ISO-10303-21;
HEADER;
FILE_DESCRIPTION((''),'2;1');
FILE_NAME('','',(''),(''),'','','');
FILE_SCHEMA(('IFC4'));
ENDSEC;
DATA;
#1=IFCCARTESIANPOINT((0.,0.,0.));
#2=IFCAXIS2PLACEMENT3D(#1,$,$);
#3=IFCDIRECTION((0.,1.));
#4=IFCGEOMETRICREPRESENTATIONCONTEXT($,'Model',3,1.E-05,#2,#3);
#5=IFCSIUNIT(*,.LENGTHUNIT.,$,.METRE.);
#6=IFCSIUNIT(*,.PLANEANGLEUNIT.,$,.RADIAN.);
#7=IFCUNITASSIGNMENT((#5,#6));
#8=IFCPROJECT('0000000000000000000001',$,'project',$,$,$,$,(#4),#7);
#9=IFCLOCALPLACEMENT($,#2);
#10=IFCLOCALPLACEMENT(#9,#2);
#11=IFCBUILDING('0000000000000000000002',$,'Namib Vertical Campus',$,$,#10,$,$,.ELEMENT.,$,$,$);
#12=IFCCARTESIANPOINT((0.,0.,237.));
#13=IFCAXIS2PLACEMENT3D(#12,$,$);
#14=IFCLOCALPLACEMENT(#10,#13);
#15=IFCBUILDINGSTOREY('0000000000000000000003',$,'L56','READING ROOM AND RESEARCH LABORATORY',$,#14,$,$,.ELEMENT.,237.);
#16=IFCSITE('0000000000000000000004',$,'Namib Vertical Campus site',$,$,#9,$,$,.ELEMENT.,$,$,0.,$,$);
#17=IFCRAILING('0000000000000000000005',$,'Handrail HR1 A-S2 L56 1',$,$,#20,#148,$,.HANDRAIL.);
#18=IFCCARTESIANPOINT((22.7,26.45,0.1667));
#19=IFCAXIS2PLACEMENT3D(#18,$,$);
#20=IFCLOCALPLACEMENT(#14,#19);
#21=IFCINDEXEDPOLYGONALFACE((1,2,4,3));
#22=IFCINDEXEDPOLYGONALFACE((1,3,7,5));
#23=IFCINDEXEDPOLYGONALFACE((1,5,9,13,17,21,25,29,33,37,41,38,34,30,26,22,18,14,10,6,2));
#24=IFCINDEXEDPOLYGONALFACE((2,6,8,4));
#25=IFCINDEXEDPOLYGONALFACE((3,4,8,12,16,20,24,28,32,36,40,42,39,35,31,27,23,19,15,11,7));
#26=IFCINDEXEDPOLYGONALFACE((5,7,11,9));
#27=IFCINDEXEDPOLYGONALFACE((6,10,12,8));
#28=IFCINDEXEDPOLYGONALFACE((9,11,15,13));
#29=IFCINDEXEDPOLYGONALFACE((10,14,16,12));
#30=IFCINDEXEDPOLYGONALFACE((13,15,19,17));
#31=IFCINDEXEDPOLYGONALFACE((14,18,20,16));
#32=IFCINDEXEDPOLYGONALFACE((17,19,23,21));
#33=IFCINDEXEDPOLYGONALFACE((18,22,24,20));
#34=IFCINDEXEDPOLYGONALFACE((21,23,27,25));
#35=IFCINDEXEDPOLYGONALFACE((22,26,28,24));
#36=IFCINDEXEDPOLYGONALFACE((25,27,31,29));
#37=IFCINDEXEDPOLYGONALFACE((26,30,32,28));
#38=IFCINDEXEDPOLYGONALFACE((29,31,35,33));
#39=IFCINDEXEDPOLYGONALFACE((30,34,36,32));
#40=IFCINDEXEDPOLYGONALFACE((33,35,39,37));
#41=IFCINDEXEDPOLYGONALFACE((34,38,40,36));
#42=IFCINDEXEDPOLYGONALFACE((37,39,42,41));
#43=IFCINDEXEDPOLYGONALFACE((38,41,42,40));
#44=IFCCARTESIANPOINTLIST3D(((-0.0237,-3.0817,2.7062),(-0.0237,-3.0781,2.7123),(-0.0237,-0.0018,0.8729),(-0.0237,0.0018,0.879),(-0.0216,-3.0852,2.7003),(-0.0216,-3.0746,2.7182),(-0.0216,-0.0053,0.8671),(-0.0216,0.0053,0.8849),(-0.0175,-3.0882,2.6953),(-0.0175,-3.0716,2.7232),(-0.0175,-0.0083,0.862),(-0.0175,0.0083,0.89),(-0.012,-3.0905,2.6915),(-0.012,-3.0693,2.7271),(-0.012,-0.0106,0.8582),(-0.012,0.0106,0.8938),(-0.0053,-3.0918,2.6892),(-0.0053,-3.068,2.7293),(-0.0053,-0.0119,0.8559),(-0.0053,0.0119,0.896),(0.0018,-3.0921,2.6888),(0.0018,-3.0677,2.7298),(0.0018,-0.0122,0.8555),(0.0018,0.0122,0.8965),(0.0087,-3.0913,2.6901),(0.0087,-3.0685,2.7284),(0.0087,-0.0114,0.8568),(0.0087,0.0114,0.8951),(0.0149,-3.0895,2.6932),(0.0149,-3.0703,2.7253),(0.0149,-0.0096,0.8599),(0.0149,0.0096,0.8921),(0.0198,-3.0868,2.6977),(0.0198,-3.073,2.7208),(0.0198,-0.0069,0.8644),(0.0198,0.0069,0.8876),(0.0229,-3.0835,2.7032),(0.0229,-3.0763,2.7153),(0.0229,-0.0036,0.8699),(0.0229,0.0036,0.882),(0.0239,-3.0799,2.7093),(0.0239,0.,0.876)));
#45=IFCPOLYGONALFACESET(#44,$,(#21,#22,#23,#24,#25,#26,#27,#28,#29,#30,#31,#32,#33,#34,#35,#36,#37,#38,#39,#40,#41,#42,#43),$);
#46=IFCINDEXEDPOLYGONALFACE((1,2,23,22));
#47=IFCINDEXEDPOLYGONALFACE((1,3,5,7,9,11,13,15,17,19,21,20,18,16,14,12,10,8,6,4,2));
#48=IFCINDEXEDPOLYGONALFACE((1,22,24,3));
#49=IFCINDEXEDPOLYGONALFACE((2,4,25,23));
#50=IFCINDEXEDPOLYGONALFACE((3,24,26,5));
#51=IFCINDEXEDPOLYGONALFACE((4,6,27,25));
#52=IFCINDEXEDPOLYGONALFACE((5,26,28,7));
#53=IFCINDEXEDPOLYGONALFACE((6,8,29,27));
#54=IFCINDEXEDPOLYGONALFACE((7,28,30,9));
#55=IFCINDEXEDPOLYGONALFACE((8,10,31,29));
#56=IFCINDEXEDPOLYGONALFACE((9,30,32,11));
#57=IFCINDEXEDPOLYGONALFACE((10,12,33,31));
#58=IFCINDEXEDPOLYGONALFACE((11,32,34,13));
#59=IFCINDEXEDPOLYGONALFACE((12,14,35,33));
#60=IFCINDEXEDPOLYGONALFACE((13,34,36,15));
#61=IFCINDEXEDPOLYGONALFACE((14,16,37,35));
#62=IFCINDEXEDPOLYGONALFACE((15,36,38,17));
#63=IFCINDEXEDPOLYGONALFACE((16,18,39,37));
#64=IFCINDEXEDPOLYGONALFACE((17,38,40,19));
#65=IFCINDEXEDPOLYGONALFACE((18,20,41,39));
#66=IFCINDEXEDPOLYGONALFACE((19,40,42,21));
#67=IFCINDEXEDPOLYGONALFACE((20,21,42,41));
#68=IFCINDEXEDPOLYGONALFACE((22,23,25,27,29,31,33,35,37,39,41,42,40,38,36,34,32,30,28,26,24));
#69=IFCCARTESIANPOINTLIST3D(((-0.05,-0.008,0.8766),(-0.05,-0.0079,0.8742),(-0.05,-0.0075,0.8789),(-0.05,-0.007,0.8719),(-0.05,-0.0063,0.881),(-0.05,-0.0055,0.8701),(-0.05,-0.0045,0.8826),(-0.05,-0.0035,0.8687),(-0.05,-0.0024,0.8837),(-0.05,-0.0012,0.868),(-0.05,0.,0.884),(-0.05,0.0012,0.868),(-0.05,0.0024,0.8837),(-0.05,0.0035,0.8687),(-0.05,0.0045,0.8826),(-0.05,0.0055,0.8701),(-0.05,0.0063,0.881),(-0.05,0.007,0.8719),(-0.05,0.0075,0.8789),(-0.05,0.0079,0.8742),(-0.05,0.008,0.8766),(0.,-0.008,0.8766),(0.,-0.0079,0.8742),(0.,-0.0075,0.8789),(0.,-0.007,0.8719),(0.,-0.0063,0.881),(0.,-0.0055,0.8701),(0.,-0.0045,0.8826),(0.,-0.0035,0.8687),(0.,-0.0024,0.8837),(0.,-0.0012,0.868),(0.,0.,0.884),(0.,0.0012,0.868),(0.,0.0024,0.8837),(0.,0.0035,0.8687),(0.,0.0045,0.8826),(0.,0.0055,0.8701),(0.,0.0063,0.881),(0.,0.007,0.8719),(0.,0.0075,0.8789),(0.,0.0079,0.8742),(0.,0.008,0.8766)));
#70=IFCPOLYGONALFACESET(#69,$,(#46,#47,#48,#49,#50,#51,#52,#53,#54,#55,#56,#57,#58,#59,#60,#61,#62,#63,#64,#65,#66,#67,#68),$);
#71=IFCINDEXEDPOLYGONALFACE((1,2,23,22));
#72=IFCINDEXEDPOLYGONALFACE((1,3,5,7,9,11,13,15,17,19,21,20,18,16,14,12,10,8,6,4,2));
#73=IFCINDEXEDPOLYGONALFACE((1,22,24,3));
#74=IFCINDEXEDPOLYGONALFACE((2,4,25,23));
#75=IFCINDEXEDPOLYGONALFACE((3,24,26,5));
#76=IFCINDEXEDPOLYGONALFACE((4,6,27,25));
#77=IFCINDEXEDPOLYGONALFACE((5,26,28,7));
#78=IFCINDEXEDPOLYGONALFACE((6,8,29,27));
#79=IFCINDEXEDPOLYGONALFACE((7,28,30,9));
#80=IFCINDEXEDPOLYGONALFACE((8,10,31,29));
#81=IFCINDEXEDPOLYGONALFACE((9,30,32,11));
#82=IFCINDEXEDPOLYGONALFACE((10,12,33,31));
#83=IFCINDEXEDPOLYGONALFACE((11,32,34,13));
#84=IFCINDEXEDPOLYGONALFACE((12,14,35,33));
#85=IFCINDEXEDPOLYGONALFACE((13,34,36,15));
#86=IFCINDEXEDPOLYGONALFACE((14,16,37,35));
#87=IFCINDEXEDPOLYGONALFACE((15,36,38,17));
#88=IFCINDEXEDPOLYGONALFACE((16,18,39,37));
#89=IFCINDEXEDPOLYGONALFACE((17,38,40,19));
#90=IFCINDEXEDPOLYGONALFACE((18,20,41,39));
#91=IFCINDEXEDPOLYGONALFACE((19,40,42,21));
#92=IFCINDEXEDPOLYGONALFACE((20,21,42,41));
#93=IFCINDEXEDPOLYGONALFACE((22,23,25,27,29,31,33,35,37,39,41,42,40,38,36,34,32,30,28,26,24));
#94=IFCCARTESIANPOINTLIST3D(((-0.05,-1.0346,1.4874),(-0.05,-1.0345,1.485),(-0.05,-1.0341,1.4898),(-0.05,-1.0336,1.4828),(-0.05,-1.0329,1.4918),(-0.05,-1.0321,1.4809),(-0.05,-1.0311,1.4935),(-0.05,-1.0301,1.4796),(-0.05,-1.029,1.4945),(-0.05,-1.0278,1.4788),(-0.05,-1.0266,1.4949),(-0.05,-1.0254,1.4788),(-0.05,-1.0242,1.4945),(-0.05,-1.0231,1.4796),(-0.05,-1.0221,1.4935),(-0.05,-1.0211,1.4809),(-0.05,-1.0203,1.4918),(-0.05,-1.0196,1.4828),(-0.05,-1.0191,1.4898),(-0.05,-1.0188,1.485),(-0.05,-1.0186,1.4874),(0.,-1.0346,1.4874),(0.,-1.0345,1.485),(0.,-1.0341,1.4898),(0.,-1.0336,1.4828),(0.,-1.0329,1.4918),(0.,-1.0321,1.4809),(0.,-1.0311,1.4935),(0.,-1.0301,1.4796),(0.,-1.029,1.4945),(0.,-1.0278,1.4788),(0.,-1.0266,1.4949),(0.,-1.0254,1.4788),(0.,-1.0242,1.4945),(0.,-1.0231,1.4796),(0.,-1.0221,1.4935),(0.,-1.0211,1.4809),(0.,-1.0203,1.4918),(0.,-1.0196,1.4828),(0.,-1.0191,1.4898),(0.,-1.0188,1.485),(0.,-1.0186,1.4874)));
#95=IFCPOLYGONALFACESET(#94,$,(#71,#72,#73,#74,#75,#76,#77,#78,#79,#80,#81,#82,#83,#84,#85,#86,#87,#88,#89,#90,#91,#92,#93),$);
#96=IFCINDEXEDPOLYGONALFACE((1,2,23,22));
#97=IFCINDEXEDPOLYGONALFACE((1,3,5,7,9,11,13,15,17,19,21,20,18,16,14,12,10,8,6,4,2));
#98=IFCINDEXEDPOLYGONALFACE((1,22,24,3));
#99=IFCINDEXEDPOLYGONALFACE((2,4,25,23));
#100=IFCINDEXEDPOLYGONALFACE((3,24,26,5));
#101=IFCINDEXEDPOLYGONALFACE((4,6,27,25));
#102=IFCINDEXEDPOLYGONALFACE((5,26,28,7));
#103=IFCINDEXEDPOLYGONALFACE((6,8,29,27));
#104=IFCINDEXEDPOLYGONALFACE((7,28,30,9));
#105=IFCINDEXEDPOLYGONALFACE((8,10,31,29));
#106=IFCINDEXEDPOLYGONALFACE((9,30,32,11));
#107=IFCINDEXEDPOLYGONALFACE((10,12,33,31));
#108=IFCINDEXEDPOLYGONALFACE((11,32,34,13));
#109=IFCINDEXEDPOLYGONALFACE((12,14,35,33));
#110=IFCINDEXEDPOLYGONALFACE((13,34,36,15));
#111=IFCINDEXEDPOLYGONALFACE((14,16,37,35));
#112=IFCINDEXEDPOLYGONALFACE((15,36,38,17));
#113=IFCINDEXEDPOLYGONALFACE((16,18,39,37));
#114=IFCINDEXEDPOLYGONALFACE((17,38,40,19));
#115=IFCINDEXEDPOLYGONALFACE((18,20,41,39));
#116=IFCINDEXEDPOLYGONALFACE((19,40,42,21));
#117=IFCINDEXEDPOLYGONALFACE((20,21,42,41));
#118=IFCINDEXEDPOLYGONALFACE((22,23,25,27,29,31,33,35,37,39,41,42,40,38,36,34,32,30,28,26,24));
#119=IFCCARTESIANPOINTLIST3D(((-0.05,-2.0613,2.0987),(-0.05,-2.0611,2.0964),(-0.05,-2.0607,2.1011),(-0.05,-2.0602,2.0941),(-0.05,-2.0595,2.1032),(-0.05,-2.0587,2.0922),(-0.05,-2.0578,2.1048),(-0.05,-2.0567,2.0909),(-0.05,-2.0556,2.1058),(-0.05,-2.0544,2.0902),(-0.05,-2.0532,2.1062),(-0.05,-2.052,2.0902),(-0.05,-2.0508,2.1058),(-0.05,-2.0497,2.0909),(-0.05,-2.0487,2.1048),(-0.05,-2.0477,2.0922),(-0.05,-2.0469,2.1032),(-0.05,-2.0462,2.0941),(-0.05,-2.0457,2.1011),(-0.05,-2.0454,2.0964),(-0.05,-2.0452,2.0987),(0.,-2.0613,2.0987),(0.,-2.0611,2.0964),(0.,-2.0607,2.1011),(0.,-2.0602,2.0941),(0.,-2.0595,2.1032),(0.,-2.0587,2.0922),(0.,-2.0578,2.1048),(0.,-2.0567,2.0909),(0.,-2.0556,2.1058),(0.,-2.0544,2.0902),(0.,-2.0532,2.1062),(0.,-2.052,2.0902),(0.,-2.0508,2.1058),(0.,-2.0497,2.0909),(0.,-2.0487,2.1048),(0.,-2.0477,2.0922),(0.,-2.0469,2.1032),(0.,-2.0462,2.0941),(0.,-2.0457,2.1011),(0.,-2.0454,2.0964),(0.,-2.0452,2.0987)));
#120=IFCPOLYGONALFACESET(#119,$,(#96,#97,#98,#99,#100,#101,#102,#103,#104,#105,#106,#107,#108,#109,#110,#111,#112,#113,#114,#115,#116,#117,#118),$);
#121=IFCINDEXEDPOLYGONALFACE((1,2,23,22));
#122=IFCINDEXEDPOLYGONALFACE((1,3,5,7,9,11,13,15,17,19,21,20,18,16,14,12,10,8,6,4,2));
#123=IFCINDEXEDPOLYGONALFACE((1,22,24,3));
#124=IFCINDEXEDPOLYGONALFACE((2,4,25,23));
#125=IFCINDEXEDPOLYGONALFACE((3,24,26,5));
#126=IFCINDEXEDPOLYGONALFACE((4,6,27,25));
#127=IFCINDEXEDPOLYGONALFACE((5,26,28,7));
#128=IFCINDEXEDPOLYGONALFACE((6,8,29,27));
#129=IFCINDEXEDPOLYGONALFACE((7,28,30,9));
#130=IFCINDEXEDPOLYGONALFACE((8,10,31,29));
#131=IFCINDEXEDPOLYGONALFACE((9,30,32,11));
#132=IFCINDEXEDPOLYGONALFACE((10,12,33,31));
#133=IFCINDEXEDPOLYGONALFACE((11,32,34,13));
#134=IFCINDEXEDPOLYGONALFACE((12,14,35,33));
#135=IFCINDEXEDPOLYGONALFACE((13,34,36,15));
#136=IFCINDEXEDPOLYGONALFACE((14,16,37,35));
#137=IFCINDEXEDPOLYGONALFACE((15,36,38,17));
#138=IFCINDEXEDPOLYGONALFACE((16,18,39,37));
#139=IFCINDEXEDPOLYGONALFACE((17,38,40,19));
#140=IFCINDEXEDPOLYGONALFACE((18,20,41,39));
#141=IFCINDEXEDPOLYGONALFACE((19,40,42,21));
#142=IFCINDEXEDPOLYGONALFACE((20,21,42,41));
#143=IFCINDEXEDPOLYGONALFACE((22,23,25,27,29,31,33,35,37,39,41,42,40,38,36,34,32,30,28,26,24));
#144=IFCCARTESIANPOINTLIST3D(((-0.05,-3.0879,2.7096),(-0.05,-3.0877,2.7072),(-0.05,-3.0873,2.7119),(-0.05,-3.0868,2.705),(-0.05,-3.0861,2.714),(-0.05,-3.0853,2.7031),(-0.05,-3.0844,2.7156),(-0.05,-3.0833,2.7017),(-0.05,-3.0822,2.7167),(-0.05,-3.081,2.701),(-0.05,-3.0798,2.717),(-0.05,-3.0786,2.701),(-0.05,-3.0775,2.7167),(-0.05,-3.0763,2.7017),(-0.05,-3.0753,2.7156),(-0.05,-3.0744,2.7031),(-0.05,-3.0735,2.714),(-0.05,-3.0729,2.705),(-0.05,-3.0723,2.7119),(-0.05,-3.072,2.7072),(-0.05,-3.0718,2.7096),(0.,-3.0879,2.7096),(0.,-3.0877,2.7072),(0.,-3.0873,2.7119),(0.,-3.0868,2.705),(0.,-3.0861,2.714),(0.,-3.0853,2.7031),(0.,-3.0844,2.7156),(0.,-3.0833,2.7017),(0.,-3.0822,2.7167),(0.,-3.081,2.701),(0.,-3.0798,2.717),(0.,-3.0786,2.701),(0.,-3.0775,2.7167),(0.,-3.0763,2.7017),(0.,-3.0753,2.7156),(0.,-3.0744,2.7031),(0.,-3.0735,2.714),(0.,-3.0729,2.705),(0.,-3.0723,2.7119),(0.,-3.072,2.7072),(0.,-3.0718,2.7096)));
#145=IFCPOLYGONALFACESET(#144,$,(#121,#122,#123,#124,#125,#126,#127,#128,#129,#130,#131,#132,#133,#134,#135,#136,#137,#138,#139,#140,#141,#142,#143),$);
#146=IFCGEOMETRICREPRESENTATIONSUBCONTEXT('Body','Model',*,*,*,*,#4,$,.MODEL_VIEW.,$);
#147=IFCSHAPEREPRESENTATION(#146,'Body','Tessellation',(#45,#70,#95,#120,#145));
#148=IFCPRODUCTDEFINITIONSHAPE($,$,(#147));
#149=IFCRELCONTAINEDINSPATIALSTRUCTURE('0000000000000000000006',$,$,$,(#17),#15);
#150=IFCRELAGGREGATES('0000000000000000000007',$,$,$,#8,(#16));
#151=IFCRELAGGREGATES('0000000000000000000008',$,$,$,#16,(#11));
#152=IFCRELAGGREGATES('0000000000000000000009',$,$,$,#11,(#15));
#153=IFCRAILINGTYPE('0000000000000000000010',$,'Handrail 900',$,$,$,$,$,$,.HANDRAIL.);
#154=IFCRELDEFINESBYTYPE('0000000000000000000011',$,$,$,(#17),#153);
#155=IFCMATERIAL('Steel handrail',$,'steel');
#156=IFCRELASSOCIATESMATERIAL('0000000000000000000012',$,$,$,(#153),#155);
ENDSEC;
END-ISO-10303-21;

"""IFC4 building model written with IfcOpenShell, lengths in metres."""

from ifc_helpers import new_model, si_unit, direction, frame, origin, origin_2d, place, context, subcontext, project, spatial, circle, extrude, material, type_object, element, save


model = new_model("IFC4")

# Units and contexts
model_context = context("Model", 3, precision=1e-05, world=origin(), true_north=direction((0.0, 1.0)))
body_context = subcontext(model_context, "Body", "Model", "MODEL_VIEW")
ifc_project = project(units=[si_unit("LENGTHUNIT", "METRE"), si_unit("PLANEANGLEUNIT", "RADIAN")], contexts=[model_context])

# Site, building, storey
site_placement = place(None, origin())
site = spatial("IfcSite", under=ifc_project, at=site_placement, Name="Namib Vertical Campus site", CompositionType="ELEMENT", RefElevation=0.0)
building_placement = place(site_placement, origin())
building = spatial("IfcBuilding", under=site, at=building_placement, Name="Namib Vertical Campus", CompositionType="ELEMENT")
storey_placement = place(building_placement, frame((0.0, 0.0, 237.0)))
storey = spatial("IfcBuildingStorey", under=building, at=storey_placement, Name="L56", Description="READING ROOM AND RESEARCH LABORATORY", CompositionType="ELEMENT", Elevation=237.0)

# Railing
ifc_material_1 = material(Name="Steel handrail", Category="steel")
railing_type_1 = type_object("IfcRailingType", Name="Handrail 900", PredefinedType="HANDRAIL", material=ifc_material_1)
railing_1_placement = place(storey_placement, frame((22.7, 26.45, 0.1667)))
element("IfcRailing", 1, at=railing_1_placement, inside=storey, type_object=railing_type_1, Name="Handrail HR1 A-S2 L56 1", PredefinedType="HANDRAIL", context=body_context, shape_type="SweptSolid", body=[
    extrude(circle(Radius=0.0239, at=origin_2d()), frame((0.0, 0.0, 0.876), z_axis=(0.0, -0.859291, 0.511487), x_axis=(1.0, 0.0, 0.0)), (0.0, 0.0, 1.0), 3.5842),
    extrude(circle(Radius=0.0081, at=origin_2d()), frame((0.0, 0.0, 0.876), z_axis=(-1.0, 0.0, 0.0), x_axis=(0.0, 0.0, 1.0)), (0.0, 0.0, 1.0), 0.05),
    extrude(circle(Radius=0.0081, at=origin_2d()), frame((0.0, -1.0266, 1.4868), z_axis=(-1.0, 0.0, 0.0), x_axis=(0.0, 0.0, 1.0)), (0.0, 0.0, 1.0), 0.05),
    extrude(circle(Radius=0.0081, at=origin_2d()), frame((0.0, -2.0532, 2.0981), z_axis=(-1.0, 0.0, 0.0), x_axis=(0.0, 0.0, 1.0)), (0.0, 0.0, 1.0), 0.05),
    extrude(circle(Radius=0.0081, at=origin_2d()), frame((0.0, -3.0798, 2.709), z_axis=(-1.0, 0.0, 0.0), x_axis=(0.0, 0.0, 1.0)), (0.0, 0.0, 1.0), 0.05),
])

save(model, "model.ifc")
